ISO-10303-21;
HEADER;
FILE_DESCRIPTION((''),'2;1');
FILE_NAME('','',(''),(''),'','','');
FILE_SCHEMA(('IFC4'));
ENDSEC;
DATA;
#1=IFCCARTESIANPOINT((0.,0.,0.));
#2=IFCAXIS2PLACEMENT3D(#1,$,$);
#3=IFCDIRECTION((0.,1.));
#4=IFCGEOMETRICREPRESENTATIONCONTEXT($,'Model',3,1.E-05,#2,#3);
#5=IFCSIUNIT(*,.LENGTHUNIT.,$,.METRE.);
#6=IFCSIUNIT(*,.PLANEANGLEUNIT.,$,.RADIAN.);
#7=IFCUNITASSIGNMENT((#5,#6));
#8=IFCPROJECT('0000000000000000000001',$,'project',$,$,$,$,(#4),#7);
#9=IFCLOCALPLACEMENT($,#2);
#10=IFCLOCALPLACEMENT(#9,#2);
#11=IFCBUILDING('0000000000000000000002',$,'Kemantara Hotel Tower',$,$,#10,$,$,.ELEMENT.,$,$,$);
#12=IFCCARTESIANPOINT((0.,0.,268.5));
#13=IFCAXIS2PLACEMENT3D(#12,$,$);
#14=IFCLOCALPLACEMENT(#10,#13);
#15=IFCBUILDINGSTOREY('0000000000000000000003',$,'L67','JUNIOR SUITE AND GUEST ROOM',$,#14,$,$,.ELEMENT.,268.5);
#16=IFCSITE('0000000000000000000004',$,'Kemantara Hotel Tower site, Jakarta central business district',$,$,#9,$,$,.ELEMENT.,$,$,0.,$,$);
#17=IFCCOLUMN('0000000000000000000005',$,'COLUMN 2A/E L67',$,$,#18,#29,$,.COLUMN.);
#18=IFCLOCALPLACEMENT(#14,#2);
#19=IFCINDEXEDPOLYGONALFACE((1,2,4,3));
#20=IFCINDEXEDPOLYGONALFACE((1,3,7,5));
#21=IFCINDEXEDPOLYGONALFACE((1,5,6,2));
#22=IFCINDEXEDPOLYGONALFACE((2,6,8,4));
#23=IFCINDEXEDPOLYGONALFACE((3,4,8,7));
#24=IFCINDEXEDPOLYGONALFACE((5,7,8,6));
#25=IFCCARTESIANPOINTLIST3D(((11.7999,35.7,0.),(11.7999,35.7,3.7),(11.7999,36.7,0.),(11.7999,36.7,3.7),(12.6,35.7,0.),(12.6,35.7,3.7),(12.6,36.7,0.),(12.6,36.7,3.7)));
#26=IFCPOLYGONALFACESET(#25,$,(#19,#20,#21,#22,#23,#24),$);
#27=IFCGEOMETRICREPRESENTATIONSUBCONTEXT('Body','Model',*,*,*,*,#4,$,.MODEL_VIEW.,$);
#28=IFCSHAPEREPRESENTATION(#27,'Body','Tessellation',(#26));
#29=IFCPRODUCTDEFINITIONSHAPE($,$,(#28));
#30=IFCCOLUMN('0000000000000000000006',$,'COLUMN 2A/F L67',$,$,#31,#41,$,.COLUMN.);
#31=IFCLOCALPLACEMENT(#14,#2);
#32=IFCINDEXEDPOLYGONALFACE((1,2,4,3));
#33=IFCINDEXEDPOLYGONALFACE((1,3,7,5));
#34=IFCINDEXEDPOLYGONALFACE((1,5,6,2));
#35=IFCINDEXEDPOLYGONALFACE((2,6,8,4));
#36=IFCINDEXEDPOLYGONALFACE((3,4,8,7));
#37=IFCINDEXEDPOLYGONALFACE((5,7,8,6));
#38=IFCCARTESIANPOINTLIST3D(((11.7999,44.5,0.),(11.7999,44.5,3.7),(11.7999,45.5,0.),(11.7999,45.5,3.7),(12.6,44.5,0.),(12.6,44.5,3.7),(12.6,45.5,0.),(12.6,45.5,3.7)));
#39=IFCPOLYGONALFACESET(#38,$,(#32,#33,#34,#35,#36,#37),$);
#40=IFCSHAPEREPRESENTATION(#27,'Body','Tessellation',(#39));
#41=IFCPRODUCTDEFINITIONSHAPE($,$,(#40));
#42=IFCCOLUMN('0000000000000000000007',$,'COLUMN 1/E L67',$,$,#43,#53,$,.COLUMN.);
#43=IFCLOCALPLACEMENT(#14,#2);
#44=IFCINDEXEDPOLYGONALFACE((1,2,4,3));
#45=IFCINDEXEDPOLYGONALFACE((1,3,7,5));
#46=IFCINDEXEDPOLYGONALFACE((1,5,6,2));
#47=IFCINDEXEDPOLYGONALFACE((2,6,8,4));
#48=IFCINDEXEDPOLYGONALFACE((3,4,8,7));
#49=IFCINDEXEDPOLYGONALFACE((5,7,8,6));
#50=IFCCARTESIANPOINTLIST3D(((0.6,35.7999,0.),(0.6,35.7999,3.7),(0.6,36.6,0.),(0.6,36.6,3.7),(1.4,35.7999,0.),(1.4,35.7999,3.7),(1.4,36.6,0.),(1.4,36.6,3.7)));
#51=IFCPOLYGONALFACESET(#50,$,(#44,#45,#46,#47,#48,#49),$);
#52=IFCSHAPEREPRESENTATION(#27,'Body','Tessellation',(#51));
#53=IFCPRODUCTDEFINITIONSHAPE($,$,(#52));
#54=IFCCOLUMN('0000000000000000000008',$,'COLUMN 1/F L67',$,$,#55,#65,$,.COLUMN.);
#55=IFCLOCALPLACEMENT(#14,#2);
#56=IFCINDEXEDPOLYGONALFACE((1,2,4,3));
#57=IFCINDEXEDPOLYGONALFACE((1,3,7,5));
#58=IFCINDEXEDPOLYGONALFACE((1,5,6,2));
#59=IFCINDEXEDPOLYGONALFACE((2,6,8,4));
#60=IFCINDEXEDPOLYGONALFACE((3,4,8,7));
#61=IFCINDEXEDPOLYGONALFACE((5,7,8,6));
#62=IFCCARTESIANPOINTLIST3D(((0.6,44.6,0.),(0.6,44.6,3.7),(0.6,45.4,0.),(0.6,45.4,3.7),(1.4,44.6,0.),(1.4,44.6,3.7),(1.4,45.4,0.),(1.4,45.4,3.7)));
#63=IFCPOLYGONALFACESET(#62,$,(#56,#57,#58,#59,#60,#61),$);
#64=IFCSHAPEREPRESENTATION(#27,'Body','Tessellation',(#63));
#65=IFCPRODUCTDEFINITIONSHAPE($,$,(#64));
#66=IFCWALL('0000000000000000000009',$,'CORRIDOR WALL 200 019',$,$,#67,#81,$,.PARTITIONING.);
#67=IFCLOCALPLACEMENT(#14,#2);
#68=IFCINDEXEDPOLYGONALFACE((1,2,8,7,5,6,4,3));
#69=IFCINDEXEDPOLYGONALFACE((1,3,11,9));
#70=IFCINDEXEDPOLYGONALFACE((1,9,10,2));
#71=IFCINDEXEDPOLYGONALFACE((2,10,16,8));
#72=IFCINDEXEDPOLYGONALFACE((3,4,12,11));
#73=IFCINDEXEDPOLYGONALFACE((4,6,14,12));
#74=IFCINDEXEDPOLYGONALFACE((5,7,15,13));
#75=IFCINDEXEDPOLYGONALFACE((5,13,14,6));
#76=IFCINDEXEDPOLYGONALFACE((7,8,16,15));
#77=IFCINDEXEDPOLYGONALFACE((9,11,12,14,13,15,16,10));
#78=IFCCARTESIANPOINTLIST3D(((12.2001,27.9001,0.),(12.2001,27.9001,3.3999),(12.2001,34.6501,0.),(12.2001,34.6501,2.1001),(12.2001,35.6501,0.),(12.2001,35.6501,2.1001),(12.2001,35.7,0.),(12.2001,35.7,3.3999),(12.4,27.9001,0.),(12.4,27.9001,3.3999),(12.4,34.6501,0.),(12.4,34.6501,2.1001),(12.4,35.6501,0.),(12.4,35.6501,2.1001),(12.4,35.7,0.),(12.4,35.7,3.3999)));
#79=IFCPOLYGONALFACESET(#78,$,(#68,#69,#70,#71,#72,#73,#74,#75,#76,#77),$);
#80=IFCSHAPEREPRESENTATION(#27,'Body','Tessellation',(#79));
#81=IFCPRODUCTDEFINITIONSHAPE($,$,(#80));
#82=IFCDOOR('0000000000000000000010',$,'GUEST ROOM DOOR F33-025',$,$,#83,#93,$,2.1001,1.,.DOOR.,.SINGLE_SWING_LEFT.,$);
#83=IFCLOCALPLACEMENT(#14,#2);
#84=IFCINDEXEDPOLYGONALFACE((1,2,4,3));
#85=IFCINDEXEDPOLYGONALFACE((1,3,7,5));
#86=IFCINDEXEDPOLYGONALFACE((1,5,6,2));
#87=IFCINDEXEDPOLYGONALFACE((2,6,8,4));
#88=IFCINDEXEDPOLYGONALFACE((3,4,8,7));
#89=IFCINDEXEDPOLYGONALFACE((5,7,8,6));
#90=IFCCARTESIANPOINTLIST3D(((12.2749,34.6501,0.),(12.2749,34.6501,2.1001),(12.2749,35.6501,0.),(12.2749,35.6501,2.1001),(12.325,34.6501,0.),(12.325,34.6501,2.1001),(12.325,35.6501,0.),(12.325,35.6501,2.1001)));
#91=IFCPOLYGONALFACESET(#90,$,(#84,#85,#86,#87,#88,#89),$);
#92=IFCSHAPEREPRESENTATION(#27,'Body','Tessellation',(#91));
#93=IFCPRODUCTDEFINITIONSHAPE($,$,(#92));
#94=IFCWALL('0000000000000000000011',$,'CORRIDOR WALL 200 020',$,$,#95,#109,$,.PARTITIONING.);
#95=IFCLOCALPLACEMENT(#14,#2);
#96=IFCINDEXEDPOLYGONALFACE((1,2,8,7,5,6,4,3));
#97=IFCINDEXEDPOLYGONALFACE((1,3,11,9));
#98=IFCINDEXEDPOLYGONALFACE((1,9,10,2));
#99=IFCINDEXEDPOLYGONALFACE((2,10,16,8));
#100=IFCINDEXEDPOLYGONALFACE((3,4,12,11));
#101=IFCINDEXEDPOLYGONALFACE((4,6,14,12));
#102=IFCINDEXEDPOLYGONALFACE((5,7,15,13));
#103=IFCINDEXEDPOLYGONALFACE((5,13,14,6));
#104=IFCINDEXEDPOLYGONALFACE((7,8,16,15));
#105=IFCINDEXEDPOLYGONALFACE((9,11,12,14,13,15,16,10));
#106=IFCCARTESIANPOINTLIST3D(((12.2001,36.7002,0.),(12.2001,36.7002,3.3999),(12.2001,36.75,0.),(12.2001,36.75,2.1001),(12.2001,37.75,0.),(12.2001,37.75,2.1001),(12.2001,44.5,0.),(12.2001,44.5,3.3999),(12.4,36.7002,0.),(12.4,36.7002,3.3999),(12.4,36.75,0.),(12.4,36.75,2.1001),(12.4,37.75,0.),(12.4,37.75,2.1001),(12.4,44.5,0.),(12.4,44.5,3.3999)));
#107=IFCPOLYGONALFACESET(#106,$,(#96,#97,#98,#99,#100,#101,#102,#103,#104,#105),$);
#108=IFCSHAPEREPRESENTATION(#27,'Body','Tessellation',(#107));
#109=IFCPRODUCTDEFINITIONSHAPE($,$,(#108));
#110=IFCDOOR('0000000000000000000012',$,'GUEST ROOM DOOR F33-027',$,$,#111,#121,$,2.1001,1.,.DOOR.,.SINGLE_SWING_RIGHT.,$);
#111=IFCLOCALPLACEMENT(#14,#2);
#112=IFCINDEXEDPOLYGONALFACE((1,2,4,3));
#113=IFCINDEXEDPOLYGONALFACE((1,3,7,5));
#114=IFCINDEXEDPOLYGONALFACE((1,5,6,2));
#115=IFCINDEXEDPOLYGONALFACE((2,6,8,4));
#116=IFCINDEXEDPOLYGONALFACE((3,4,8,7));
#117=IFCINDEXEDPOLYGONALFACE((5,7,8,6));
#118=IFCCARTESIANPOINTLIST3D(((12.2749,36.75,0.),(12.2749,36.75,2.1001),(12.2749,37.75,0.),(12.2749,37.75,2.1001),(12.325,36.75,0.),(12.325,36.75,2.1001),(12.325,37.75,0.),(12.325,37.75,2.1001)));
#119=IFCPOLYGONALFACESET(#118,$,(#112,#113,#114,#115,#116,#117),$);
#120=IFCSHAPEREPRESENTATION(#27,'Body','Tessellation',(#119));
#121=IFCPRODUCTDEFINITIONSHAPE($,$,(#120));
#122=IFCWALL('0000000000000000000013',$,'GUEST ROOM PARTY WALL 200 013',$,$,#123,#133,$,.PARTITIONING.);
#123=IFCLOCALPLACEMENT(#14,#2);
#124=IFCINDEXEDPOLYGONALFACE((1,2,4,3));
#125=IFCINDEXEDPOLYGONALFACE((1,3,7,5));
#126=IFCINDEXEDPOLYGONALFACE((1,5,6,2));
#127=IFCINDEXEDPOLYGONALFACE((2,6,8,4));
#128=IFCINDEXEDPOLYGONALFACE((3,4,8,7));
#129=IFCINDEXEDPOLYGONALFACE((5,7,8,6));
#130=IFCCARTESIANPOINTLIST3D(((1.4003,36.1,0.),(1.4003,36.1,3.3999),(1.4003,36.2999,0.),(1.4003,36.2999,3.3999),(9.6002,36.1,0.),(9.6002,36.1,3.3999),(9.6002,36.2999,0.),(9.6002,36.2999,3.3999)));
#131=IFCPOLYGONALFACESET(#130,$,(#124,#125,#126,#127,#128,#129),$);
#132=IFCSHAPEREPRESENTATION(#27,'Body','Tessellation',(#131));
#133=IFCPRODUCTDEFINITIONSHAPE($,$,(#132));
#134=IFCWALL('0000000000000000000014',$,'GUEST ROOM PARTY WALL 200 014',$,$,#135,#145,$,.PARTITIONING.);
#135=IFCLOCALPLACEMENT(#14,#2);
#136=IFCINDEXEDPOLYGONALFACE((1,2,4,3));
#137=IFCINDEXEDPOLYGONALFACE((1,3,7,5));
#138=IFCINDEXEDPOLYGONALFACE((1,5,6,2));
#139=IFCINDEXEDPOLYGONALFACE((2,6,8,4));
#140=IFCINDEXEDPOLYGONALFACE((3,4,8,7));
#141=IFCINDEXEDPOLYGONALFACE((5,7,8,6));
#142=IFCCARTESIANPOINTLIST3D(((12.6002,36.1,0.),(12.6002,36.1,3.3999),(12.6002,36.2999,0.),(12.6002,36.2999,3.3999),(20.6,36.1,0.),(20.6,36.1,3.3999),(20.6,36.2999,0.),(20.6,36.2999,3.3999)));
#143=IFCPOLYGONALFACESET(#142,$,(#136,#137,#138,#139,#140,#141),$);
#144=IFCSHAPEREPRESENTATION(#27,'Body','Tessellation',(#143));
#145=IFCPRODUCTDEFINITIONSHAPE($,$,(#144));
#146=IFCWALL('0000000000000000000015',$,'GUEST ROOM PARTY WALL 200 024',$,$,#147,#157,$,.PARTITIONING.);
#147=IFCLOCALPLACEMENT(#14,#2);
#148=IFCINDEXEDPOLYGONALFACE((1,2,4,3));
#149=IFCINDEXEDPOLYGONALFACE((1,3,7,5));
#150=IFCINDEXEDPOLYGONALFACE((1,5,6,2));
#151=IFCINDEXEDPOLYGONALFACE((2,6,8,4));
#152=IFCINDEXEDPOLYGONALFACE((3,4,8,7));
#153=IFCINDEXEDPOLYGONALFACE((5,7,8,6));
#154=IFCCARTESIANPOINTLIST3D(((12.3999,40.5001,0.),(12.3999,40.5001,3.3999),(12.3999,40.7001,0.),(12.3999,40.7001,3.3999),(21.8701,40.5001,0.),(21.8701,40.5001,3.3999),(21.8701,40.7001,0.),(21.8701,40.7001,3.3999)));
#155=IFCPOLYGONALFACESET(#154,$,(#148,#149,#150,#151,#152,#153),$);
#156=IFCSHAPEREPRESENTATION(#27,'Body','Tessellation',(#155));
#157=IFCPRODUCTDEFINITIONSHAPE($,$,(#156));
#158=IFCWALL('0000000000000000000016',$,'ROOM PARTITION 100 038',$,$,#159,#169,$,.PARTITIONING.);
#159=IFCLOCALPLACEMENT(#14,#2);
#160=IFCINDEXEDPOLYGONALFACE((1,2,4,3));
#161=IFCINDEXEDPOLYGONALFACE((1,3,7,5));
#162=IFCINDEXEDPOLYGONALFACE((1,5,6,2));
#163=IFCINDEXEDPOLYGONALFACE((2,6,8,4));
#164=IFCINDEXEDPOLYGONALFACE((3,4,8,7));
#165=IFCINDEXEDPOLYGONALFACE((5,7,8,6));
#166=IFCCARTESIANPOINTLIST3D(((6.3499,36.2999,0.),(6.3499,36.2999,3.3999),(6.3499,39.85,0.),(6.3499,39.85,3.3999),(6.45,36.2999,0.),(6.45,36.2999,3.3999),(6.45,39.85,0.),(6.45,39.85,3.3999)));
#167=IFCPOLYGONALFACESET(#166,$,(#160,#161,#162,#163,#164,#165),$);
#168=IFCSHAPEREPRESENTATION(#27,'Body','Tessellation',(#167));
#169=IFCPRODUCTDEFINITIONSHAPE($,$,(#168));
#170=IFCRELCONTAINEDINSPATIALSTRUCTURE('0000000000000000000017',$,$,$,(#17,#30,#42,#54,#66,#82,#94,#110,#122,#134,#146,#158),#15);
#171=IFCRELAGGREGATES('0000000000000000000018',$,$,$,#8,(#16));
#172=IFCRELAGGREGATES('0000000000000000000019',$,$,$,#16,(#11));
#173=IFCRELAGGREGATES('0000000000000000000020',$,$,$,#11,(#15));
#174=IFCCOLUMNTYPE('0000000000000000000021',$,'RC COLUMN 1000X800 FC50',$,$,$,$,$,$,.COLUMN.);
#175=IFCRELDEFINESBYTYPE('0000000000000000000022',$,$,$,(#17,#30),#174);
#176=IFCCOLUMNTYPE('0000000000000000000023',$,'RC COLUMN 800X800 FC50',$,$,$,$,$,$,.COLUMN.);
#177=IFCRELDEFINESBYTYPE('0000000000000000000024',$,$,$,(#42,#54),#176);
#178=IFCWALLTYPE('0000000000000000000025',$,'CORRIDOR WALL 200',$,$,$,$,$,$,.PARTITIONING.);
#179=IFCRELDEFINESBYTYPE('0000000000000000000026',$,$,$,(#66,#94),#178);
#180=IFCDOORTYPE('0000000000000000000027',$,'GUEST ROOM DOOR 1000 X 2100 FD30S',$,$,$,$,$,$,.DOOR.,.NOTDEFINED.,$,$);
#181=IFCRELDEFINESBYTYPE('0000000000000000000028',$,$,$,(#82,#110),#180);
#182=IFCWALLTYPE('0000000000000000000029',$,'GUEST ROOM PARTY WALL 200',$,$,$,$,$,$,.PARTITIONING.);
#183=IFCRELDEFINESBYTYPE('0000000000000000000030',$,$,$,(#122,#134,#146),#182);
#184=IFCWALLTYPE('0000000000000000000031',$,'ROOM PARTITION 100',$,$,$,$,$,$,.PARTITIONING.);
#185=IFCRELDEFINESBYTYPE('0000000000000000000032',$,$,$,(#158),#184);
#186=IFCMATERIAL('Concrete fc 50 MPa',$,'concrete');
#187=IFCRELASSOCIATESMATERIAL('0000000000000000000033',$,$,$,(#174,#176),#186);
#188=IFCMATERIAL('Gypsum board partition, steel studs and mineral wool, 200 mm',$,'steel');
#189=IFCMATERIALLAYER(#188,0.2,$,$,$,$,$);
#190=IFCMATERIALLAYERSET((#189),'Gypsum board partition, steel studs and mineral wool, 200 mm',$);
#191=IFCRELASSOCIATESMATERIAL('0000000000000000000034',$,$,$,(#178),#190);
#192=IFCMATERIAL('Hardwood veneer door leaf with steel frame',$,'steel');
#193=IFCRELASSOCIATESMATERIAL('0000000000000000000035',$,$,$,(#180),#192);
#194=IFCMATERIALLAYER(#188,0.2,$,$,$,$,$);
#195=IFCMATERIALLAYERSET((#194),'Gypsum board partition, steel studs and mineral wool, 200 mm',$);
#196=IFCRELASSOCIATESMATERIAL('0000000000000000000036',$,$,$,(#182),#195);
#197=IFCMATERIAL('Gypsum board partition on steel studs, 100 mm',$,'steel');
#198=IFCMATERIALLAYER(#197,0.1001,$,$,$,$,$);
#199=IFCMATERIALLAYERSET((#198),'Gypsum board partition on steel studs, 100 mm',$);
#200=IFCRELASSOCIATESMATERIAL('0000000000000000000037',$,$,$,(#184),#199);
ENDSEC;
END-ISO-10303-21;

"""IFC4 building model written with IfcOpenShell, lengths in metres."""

from ifc_helpers import new_model, si_unit, direction, frame, frame_2d, origin, origin_2d, place, context, subcontext, project, spatial, rectangle, extrude, material, layer, layer_set, material_profile, profile_set, type_object, element, fill, save


model = new_model("IFC4")

# Units and contexts
model_context = context("Model", 3, precision=1e-05, world=origin(), true_north=direction((0.0, 1.0)))
body_context = subcontext(model_context, "Body", "Model", "MODEL_VIEW")
ifc_project = project(units=[si_unit("LENGTHUNIT", "METRE"), si_unit("PLANEANGLEUNIT", "RADIAN")], contexts=[model_context])

# Site, building, storey
site_placement = place(None, origin())
site = spatial("IfcSite", under=ifc_project, at=site_placement, Name="Kemantara Hotel Tower site, Jakarta central business district", CompositionType="ELEMENT", RefElevation=0.0)
building_placement = place(site_placement, origin())
building = spatial("IfcBuilding", under=site, at=building_placement, Name="Kemantara Hotel Tower", CompositionType="ELEMENT")
storey_placement = place(building_placement, frame((0.0, 0.0, 268.5)))
storey = spatial("IfcBuildingStorey", under=building, at=storey_placement, Name="L67", Description="JUNIOR SUITE AND GUEST ROOM", CompositionType="ELEMENT", Elevation=268.5)

# Columns
ifc_material_1 = material(Name="Concrete fc 50 MPa", Category="concrete")
ifc_material_profile_1 = material_profile(ifc_material_1, rectangle(XDim=1.0, YDim=0.8, at=origin_2d()), Name="RC 1000X800")
ifc_profile_set_1 = profile_set([ifc_material_profile_1], Name="Concrete fc 50 MPa")
column_type_1 = type_object("IfcColumnType", Name="RC COLUMN 1000X800 FC50", PredefinedType="COLUMN", material=ifc_profile_set_1)
for number, where, z_axis, x_axis, name in (
    (1, (12.2, 36.2, 0.0), (0.0, 0.0, 1.0), (0.0, 1.0, 0.0), "COLUMN 2A/E L67"),
    (2, (12.2, 45.0, 0.0), (0.0, 0.0, 1.0), (0.0, 1.0, 0.0), "COLUMN 2A/F L67"),
):
    element("IfcColumn", number, at=place(storey_placement, frame(where, z_axis=z_axis, x_axis=x_axis)), inside=storey, type_object=column_type_1, Name=name, PredefinedType="COLUMN", context=body_context, shape_type="SweptSolid", body=[
        extrude(rectangle(XDim=1.0, YDim=0.8, at=origin_2d()), origin(), (0.0, 0.0, 1.0), 3.7),
    ])
ifc_material_profile_2 = material_profile(ifc_material_1, rectangle(XDim=0.8, YDim=0.8, at=origin_2d()), Name="RC 800X800")
ifc_profile_set_2 = profile_set([ifc_material_profile_2], Name="Concrete fc 50 MPa")
column_type_2 = type_object("IfcColumnType", Name="RC COLUMN 800X800 FC50", PredefinedType="COLUMN", material=ifc_profile_set_2)
for number, where, z_axis, x_axis, name in (
    (3, (1.0, 36.2, 0.0), (0.0, 0.0, 1.0), (1.0, 0.0, 0.0), "COLUMN 1/E L67"),
    (4, (1.0, 45.0, 0.0), (0.0, 0.0, 1.0), (1.0, 0.0, 0.0), "COLUMN 1/F L67"),
):
    element("IfcColumn", number, at=place(storey_placement, frame(where, z_axis=z_axis, x_axis=x_axis)), inside=storey, type_object=column_type_2, Name=name, PredefinedType="COLUMN", context=body_context, shape_type="SweptSolid", body=[
        extrude(rectangle(XDim=0.8, YDim=0.8, at=origin_2d()), origin(), (0.0, 0.0, 1.0), 3.7),
    ])

# Walls, openings, doors
ifc_material_2 = material(Name="Gypsum board partition, steel studs and mineral wool, 200 mm", Category="steel")
ifc_layer_1 = layer(ifc_material_2, 0.2)
ifc_layer_set_1 = layer_set([ifc_layer_1], Name="Gypsum board partition, steel studs and mineral wool, 200 mm")
wall_type_1 = type_object("IfcWallType", Name="CORRIDOR WALL 200", PredefinedType="PARTITIONING", material=ifc_layer_set_1)
wall_1_placement = place(storey_placement, frame((12.3, 35.7, 0.0), z_axis=(0.0, 0.0, 1.0), x_axis=(0.0, -1.0, 0.0)))
wall_1 = element("IfcWall", 5, at=wall_1_placement, inside=storey, type_object=wall_type_1, Name="CORRIDOR WALL 200 019", PredefinedType="PARTITIONING", context=body_context, shape_type="SweptSolid", body=[
    extrude(rectangle(XDim=7.7998, YDim=0.2, at=frame_2d((3.8999, 0.0))), origin(), (0.0, 0.0, 1.0), 3.3999),
])
opening_1_placement = place(wall_1_placement, frame((0.0498, 0.0, 0.0)))
opening_1 = element("IfcOpeningElement", 6, at=opening_1_placement, cuts=wall_1, PredefinedType="OPENING", context=body_context, shape_type="SweptSolid", body=[
    extrude(rectangle(XDim=1.0, YDim=2.1001, at=frame_2d((0.5, 1.05))), frame((0.0, 0.1099, 0.0), z_axis=(0.0, -1.0, 0.0), x_axis=(1.0, 0.0, 0.0)), (0.0, 0.0, 1.0), 0.22),
])
ifc_material_3 = material(Name="Hardwood veneer door leaf with steel frame", Category="steel")
door_type_1 = type_object("IfcDoorType", Name="GUEST ROOM DOOR 1000 X 2100 FD30S", OperationType="NOTDEFINED", PredefinedType="DOOR", material=ifc_material_3)
door_1_placement = place(opening_1_placement, origin())
door_1 = element("IfcDoor", 7, at=door_1_placement, inside=storey, type_object=door_type_1, Name="GUEST ROOM DOOR F33-025", OperationType="SINGLE_SWING_LEFT", OverallHeight=2.1001, OverallWidth=1.0, PredefinedType="DOOR", context=body_context, shape_type="SweptSolid", body=[
    extrude(rectangle(XDim=1.0, YDim=2.1001, at=frame_2d((0.5, 1.05))), frame((0.0, 0.0249, 0.0), z_axis=(0.0, -1.0, 0.0), x_axis=(1.0, 0.0, 0.0)), (0.0, 0.0, 1.0), 0.05),
])
fill(opening_1, door_1)
wall_2_placement = place(storey_placement, frame((12.3, 44.5, 0.0), z_axis=(0.0, 0.0, 1.0), x_axis=(0.0, -1.0, 0.0)))
wall_2 = element("IfcWall", 8, at=wall_2_placement, inside=storey, type_object=wall_type_1, Name="CORRIDOR WALL 200 020", PredefinedType="PARTITIONING", context=body_context, shape_type="SweptSolid", body=[
    extrude(rectangle(XDim=7.7998, YDim=0.2, at=frame_2d((3.8999, 0.0))), origin(), (0.0, 0.0, 1.0), 3.3999),
])
opening_2_placement = place(wall_2_placement, frame((6.75, 0.0, 0.0)))
opening_2 = element("IfcOpeningElement", 9, at=opening_2_placement, cuts=wall_2, PredefinedType="OPENING", context=body_context, shape_type="SweptSolid", body=[
    extrude(rectangle(XDim=1.0, YDim=2.1001, at=frame_2d((0.5, 1.05))), frame((0.0, 0.1099, 0.0), z_axis=(0.0, -1.0, 0.0), x_axis=(1.0, 0.0, 0.0)), (0.0, 0.0, 1.0), 0.22),
])
door_2_placement = place(opening_2_placement, origin())
door_2 = element("IfcDoor", 10, at=door_2_placement, inside=storey, type_object=door_type_1, Name="GUEST ROOM DOOR F33-027", OperationType="SINGLE_SWING_RIGHT", OverallHeight=2.1001, OverallWidth=1.0, PredefinedType="DOOR", context=body_context, shape_type="SweptSolid", body=[
    extrude(rectangle(XDim=1.0, YDim=2.1001, at=frame_2d((0.5, 1.05))), frame((0.0, 0.0249, 0.0), z_axis=(0.0, -1.0, 0.0), x_axis=(1.0, 0.0, 0.0)), (0.0, 0.0, 1.0), 0.05),
])
fill(opening_2, door_2)

# Walls
ifc_layer_2 = layer(ifc_material_2, 0.2)
ifc_layer_set_2 = layer_set([ifc_layer_2], Name="Gypsum board partition, steel studs and mineral wool, 200 mm")
wall_type_2 = type_object("IfcWallType", Name="GUEST ROOM PARTY WALL 200", PredefinedType="PARTITIONING", material=ifc_layer_set_2)
wall_3_placement = place(storey_placement, frame((1.4001, 36.2, 0.0), z_axis=(0.0, 0.0, 1.0), x_axis=(1.0, 0.0, 0.0)))
element("IfcWall", 11, at=wall_3_placement, inside=storey, type_object=wall_type_2, Name="GUEST ROOM PARTY WALL 200 013", PredefinedType="PARTITIONING", context=body_context, shape_type="SweptSolid", body=[
    extrude(rectangle(XDim=8.2, YDim=0.2, at=frame_2d((4.1001, 0.0))), origin(), (0.0, 0.0, 1.0), 3.3999),
])
wall_4_placement = place(storey_placement, frame((12.6001, 36.2, 0.0), z_axis=(0.0, 0.0, 1.0), x_axis=(1.0, 0.0, 0.0)))
element("IfcWall", 12, at=wall_4_placement, inside=storey, type_object=wall_type_2, Name="GUEST ROOM PARTY WALL 200 014", PredefinedType="PARTITIONING", context=body_context, shape_type="SweptSolid", body=[
    extrude(rectangle(XDim=7.9998, YDim=0.2, at=frame_2d((4.0, 0.0))), origin(), (0.0, 0.0, 1.0), 3.3999),
])
wall_5_placement = place(storey_placement, frame((12.3999, 40.6001, 0.0), z_axis=(0.0, 0.0, 1.0), x_axis=(1.0, 0.0, 0.0)))
element("IfcWall", 13, at=wall_5_placement, inside=storey, type_object=wall_type_2, Name="GUEST ROOM PARTY WALL 200 024", PredefinedType="PARTITIONING", context=body_context, shape_type="SweptSolid", body=[
    extrude(rectangle(XDim=9.4702, YDim=0.2, at=frame_2d((4.7351, 0.0))), origin(), (0.0, 0.0, 1.0), 3.3999),
])
ifc_material_4 = material(Name="Gypsum board partition on steel studs, 100 mm", Category="steel")
ifc_layer_3 = layer(ifc_material_4, 0.1001)
ifc_layer_set_3 = layer_set([ifc_layer_3], Name="Gypsum board partition on steel studs, 100 mm")
wall_type_3 = type_object("IfcWallType", Name="ROOM PARTITION 100", PredefinedType="PARTITIONING", material=ifc_layer_set_3)
wall_6_placement = place(storey_placement, frame((6.3999, 36.3, 0.0), z_axis=(0.0, 0.0, 1.0), x_axis=(0.0, 1.0, 0.0)))
element("IfcWall", 14, at=wall_6_placement, inside=storey, type_object=wall_type_3, Name="ROOM PARTITION 100 038", PredefinedType="PARTITIONING", context=body_context, shape_type="SweptSolid", body=[
    extrude(rectangle(XDim=3.55, YDim=0.1001, at=frame_2d((1.7749, 0.0))), origin(), (0.0, 0.0, 1.0), 3.3999),
])

save(model, "model.ifc")
